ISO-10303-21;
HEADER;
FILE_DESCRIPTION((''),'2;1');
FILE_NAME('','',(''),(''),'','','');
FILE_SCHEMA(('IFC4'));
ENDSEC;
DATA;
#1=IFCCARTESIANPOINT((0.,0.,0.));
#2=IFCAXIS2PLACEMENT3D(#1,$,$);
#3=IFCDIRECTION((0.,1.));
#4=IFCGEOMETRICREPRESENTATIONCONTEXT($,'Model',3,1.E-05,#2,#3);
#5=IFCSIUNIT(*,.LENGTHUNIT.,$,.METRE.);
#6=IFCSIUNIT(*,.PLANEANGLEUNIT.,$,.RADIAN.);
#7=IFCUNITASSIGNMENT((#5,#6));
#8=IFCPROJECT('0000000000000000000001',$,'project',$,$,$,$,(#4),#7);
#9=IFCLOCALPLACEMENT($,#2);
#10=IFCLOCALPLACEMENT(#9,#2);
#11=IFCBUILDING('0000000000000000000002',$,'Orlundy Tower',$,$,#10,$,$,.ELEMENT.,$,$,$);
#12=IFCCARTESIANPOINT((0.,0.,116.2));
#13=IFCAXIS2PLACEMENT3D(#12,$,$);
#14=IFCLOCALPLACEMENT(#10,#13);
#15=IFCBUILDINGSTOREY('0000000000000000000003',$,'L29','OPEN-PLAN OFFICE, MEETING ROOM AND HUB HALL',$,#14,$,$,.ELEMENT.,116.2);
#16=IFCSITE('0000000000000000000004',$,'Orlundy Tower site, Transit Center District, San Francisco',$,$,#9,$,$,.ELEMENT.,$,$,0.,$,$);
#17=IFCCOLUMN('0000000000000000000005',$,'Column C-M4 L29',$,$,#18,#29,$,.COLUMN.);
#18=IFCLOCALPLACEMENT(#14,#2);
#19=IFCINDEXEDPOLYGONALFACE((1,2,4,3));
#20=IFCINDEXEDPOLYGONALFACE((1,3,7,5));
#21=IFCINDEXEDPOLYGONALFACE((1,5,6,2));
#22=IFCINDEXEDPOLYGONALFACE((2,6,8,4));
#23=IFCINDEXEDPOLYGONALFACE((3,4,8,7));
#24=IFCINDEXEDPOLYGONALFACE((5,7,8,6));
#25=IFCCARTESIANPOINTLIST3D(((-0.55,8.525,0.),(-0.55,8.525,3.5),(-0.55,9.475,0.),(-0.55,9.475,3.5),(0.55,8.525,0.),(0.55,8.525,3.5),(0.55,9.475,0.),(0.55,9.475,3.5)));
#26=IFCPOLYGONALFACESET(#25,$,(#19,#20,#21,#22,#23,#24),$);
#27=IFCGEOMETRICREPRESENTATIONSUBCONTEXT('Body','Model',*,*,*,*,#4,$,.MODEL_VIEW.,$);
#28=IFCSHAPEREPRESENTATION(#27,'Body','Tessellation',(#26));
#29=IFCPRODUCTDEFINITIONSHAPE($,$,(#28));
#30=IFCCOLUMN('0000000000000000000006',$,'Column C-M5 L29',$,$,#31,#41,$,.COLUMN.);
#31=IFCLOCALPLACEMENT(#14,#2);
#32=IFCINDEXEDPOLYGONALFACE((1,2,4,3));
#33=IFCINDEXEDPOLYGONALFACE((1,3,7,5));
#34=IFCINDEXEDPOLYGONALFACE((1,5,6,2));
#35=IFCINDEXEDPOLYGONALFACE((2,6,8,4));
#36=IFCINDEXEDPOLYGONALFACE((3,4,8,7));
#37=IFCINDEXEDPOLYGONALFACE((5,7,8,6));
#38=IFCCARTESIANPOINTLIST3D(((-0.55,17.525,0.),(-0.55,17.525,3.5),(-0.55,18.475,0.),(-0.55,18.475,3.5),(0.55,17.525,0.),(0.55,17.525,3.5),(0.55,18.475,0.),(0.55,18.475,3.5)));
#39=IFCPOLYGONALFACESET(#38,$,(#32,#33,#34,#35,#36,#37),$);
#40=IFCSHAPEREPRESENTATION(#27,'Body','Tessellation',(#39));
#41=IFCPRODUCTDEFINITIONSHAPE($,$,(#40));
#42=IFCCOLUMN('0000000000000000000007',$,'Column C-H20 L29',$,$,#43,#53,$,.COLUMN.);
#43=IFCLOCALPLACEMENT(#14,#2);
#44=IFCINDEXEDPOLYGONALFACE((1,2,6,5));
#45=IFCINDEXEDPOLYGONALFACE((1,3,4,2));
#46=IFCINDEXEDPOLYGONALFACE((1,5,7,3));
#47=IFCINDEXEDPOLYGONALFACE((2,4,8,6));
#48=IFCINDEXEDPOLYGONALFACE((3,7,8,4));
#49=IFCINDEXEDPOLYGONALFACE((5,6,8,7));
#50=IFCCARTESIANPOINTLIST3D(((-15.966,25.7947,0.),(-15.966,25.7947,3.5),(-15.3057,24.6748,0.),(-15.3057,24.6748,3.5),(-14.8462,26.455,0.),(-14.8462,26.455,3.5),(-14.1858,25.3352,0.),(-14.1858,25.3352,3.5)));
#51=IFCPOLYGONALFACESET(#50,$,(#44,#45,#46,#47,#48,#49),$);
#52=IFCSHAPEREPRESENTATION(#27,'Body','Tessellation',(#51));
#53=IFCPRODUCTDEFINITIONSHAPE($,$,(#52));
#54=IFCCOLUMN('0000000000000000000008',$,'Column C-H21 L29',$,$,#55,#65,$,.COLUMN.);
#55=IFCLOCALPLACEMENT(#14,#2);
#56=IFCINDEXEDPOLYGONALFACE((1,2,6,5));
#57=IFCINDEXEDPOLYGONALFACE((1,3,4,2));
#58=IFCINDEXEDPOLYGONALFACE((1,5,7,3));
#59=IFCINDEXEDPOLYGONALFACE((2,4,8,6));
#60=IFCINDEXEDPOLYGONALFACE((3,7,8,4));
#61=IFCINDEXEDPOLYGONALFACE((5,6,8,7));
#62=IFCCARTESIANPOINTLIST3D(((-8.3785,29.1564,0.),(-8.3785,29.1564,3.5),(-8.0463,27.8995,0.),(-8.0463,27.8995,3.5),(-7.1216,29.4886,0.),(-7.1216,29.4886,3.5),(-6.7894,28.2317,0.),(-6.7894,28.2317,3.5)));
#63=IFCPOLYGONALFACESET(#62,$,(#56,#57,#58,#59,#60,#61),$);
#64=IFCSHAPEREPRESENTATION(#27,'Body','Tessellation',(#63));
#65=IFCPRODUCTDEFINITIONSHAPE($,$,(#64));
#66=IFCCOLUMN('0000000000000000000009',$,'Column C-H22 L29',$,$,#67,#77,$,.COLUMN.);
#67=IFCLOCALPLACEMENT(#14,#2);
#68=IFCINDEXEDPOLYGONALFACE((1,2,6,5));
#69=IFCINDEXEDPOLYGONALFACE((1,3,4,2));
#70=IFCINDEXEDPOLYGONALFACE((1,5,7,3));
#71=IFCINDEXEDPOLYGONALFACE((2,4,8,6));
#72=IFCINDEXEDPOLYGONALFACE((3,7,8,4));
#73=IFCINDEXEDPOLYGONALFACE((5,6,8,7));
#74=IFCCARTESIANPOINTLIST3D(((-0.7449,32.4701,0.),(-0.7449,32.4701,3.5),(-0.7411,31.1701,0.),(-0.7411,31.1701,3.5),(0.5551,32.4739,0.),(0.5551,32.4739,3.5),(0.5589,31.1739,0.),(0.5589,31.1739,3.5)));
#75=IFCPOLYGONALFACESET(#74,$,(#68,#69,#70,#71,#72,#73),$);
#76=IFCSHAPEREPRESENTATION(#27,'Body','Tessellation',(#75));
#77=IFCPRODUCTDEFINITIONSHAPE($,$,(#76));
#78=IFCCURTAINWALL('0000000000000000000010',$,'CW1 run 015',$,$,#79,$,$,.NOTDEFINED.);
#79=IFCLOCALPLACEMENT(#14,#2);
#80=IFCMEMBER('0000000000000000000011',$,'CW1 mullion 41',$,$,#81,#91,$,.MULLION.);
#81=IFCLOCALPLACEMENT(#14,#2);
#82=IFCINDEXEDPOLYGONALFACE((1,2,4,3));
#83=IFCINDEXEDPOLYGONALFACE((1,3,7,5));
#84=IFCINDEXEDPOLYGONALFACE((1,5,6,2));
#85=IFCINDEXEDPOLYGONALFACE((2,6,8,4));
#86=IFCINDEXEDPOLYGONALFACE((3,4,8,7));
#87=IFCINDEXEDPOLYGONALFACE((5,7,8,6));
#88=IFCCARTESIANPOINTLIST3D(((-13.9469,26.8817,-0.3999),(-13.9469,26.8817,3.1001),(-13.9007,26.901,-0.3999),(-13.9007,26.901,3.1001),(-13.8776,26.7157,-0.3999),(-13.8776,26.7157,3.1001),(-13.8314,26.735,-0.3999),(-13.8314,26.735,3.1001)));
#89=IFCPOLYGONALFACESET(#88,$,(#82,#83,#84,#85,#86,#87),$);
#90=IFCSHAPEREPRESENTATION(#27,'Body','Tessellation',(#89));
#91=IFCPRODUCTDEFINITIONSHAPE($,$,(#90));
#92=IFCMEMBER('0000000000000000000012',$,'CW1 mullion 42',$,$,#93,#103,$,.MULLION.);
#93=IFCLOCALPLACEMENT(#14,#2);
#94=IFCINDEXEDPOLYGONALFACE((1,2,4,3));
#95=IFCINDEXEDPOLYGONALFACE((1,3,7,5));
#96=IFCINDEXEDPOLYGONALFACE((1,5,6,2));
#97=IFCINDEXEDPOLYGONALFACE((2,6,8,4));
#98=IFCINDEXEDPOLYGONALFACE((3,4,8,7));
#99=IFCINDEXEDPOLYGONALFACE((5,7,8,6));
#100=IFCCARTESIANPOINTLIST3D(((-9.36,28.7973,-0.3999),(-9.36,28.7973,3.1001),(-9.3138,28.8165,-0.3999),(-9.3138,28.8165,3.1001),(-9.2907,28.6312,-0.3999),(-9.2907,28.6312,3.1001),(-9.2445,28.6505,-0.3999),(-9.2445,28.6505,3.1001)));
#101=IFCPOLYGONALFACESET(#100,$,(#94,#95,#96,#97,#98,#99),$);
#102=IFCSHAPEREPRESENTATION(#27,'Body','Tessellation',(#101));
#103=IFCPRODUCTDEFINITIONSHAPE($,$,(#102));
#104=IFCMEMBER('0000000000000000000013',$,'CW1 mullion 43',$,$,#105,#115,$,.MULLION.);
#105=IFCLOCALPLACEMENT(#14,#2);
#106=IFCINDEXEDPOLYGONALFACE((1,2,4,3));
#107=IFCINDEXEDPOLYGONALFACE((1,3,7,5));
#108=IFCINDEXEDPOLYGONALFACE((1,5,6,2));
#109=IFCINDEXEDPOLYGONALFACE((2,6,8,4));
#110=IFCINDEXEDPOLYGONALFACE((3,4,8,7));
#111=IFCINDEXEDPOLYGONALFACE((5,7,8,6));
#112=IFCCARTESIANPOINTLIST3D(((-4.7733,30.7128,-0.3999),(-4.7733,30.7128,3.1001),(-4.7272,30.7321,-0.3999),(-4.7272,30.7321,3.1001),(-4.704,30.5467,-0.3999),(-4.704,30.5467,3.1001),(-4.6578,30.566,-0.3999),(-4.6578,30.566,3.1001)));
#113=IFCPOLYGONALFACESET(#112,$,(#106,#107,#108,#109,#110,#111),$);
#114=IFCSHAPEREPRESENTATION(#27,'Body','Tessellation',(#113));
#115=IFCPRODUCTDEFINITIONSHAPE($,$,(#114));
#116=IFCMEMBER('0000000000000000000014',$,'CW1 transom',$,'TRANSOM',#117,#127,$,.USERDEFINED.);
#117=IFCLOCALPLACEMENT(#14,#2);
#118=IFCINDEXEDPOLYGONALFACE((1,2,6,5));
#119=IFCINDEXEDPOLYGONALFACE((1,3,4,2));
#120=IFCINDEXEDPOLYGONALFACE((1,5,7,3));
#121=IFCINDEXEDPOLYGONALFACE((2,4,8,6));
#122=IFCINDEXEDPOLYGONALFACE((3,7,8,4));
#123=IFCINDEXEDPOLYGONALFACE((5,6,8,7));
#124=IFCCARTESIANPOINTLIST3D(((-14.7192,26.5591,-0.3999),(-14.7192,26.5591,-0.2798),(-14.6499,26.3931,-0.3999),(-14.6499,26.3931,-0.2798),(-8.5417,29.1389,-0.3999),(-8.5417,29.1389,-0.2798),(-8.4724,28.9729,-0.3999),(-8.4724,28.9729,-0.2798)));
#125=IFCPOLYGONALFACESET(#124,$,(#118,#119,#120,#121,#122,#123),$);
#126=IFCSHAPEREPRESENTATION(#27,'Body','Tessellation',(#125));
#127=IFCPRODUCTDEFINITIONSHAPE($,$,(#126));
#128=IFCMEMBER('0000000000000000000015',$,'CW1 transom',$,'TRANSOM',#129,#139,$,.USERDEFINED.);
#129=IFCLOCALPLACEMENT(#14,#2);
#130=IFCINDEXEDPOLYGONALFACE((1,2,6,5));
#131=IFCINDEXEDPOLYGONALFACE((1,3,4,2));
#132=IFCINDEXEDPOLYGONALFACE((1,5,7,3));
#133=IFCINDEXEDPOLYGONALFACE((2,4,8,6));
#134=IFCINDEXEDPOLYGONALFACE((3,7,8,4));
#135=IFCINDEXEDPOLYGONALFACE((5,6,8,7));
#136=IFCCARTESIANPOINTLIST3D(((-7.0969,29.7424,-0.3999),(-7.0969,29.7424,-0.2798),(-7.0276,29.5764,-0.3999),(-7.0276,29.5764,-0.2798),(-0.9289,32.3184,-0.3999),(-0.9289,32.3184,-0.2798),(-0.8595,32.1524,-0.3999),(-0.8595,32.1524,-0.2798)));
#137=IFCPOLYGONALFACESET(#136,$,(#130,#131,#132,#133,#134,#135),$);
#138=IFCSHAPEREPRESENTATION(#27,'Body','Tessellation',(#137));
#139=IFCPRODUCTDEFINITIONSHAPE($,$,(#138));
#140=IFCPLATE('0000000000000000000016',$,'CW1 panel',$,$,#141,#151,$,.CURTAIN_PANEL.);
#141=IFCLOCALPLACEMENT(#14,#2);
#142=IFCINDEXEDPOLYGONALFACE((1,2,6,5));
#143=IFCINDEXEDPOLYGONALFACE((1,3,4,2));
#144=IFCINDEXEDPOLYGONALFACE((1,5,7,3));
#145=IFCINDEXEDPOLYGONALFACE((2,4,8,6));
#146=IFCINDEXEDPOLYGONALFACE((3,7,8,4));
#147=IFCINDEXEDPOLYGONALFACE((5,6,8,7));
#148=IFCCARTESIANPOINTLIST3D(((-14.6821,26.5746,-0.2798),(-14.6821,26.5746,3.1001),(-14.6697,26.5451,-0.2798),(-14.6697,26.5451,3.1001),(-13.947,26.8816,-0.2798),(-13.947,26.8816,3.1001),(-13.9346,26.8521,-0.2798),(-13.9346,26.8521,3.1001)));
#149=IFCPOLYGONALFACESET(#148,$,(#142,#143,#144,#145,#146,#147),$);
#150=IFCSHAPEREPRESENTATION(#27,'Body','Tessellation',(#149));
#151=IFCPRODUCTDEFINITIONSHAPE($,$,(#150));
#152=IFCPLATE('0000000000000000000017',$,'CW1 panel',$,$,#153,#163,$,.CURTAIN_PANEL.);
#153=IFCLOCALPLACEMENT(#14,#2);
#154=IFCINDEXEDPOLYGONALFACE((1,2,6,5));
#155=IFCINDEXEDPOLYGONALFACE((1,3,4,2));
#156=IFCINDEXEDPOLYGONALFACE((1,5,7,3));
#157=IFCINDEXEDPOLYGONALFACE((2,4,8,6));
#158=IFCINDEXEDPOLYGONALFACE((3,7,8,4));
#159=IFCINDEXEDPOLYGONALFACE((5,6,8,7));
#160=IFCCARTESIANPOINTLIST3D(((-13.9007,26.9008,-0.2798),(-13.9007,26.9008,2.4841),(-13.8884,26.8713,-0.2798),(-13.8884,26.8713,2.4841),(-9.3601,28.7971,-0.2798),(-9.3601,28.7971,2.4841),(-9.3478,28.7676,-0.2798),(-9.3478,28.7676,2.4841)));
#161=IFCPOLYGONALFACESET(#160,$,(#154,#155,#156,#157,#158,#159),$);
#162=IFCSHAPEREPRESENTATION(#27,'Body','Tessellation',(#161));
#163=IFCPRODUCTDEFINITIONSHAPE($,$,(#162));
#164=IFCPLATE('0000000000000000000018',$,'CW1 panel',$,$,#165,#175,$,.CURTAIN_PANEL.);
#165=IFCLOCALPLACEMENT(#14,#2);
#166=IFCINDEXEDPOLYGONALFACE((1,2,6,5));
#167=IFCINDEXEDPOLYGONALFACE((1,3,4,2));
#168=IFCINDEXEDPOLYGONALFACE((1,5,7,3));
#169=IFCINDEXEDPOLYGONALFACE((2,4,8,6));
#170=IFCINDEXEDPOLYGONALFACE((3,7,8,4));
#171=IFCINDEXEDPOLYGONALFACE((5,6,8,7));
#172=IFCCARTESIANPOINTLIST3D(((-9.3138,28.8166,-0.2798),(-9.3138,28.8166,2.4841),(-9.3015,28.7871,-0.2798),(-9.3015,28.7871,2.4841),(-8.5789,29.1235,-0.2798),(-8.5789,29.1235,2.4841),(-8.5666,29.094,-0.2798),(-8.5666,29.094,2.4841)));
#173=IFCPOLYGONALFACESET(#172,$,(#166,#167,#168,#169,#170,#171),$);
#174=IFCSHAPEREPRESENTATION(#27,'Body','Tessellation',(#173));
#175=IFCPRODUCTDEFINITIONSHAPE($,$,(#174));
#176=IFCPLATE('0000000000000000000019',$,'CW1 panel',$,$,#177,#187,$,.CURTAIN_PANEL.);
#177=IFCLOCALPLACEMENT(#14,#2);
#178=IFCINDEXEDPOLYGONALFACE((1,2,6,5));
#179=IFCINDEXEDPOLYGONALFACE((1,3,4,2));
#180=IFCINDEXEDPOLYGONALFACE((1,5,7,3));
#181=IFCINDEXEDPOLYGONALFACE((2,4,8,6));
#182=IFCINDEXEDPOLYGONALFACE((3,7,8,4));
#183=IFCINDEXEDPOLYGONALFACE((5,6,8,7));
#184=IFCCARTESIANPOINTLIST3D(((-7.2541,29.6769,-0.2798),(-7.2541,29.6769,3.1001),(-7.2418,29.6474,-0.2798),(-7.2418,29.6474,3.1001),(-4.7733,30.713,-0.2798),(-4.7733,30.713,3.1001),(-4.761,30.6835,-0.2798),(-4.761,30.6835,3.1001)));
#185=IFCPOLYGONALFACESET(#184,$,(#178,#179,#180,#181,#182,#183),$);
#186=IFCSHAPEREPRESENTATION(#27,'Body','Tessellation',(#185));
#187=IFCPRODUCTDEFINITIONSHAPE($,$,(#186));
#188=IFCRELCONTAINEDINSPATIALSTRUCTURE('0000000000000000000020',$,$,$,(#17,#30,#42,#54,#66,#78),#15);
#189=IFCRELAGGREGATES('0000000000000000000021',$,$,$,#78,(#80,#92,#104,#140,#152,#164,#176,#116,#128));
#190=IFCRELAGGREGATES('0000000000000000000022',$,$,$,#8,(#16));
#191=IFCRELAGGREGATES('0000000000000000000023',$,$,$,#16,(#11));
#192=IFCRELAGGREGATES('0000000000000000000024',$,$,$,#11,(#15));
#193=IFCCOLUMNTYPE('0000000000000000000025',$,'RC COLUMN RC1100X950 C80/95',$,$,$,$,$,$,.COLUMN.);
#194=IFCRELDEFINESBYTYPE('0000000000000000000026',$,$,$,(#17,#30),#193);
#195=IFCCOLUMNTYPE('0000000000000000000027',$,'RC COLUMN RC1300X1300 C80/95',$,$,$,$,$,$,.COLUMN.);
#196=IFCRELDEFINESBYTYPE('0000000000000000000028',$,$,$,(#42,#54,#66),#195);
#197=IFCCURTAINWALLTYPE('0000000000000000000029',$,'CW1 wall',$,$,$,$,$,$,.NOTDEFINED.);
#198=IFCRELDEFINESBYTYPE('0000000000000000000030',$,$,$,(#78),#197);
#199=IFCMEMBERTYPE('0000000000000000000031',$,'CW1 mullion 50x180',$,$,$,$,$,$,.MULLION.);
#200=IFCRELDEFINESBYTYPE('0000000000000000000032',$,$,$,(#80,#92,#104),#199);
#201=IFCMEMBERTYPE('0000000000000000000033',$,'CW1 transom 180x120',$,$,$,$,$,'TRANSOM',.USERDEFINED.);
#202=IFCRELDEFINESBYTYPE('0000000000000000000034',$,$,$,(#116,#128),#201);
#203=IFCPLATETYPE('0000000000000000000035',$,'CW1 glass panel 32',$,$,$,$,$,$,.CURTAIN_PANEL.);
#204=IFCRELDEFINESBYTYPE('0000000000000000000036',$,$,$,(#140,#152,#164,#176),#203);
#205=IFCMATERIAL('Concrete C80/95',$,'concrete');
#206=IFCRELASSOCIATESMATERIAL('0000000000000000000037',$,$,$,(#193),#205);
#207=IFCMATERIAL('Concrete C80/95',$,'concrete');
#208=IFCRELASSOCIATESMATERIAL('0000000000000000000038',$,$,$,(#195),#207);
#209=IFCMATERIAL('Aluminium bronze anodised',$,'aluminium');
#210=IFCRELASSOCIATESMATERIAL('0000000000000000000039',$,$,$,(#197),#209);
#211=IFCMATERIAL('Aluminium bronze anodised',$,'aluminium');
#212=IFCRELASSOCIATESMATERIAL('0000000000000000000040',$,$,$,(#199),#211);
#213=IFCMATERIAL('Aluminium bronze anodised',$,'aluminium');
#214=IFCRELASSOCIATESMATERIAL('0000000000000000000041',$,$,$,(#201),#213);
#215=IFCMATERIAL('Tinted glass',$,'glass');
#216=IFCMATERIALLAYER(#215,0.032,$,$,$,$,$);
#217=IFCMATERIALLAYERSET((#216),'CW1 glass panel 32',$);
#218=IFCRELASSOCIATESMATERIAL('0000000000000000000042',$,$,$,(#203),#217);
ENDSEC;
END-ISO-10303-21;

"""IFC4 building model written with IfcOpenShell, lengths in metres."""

from ifc_helpers import new_model, si_unit, direction, frame, origin, origin_2d, place, context, subcontext, project, spatial, rectangle, extrude, material, layer, layer_set, material_profile, profile_set, type_object, element, aggregate, save


model = new_model("IFC4")

# Units and contexts
model_context = context("Model", 3, precision=1e-05, world=origin(), true_north=direction((0.0, 1.0)))
body_context = subcontext(model_context, "Body", "Model", "MODEL_VIEW")
ifc_project = project(units=[si_unit("LENGTHUNIT", "METRE"), si_unit("PLANEANGLEUNIT", "RADIAN")], contexts=[model_context])

# Site, building, storey
site_placement = place(None, origin())
site = spatial("IfcSite", under=ifc_project, at=site_placement, Name="Orlundy Tower site, Transit Center District, San Francisco", CompositionType="ELEMENT", RefElevation=0.0)
building_placement = place(site_placement, origin())
building = spatial("IfcBuilding", under=site, at=building_placement, Name="Orlundy Tower", CompositionType="ELEMENT")
storey_placement = place(building_placement, frame((0.0, 0.0, 116.2)))
storey = spatial("IfcBuildingStorey", under=building, at=storey_placement, Name="L29", Description="OPEN-PLAN OFFICE, MEETING ROOM AND HUB HALL", CompositionType="ELEMENT", Elevation=116.2)

# Columns
ifc_material_1 = material(Name="Concrete C80/95", Category="concrete")
ifc_material_profile_1 = material_profile(ifc_material_1, rectangle(XDim=1.1001, YDim=0.95, at=origin_2d()), Name="RC1100X950")
ifc_profile_set_1 = profile_set([ifc_material_profile_1], Name="Concrete C80/95")
column_type_1 = type_object("IfcColumnType", Name="RC COLUMN RC1100X950 C80/95", PredefinedType="COLUMN", material=ifc_profile_set_1)
for number, where, z_axis, x_axis, name in (
    (1, (0.0, 9.0, 0.0), (0.0, 0.0, 1.0), (1.0, 0.0, 0.0), "Column C-M4 L29"),
    (2, (0.0, 18.0, 0.0), (0.0, 0.0, 1.0), (1.0, 0.0, 0.0), "Column C-M5 L29"),
):
    element("IfcColumn", number, at=place(storey_placement, frame(where, z_axis=z_axis, x_axis=x_axis)), inside=storey, type_object=column_type_1, Name=name, PredefinedType="COLUMN", context=body_context, shape_type="SweptSolid", body=[
        extrude(rectangle(XDim=1.1001, YDim=0.95, at=origin_2d()), origin(), (0.0, 0.0, 1.0), 3.5),
    ])
ifc_material_2 = material(Name="Concrete C80/95", Category="concrete")
ifc_material_profile_2 = material_profile(ifc_material_2, rectangle(XDim=1.3, YDim=1.3, at=origin_2d()), Name="RC1300X1300")
ifc_profile_set_2 = profile_set([ifc_material_profile_2], Name="Concrete C80/95")
column_type_2 = type_object("IfcColumnType", Name="RC COLUMN RC1300X1300 C80/95", PredefinedType="COLUMN", material=ifc_profile_set_2)
for number, where, z_axis, x_axis, name in (
    (3, (-15.0759, 25.5649, 0.0), (0.0, 0.0, 1.0), (-0.507959, 0.861381, 0.0), "Column C-H20 L29"),
    (4, (-7.584, 28.6941, 0.0), (0.0, 0.0, 1.0), (-0.25553, 0.966801, 0.0), "Column C-H21 L29"),
    (5, (-0.093, 31.822, 0.0), (0.0, 0.0, 1.0), (-0.002915, 0.999996, 0.0), "Column C-H22 L29"),
):
    element("IfcColumn", number, at=place(storey_placement, frame(where, z_axis=z_axis, x_axis=x_axis)), inside=storey, type_object=column_type_2, Name=name, PredefinedType="COLUMN", context=body_context, shape_type="SweptSolid", body=[
        extrude(rectangle(XDim=1.3, YDim=1.3, at=origin_2d()), origin(), (0.0, 0.0, 1.0), 3.5),
    ])

# Curtain wall, members, plates
ifc_material_3 = material(Name="Aluminium bronze anodised", Category="aluminium")
curtain_wall_type = type_object("IfcCurtainWallType", Name="CW1 wall", PredefinedType="NOTDEFINED", material=ifc_material_3)
curtain_wall_placement = place(storey_placement, origin())
curtain_wall = element("IfcCurtainWall", 6, at=curtain_wall_placement, inside=storey, type_object=curtain_wall_type, Name="CW1 run 015", PredefinedType="NOTDEFINED")
ifc_material_4 = material(Name="Aluminium bronze anodised", Category="aluminium")
ifc_material_profile_3 = material_profile(ifc_material_4, rectangle(XDim=0.1799, YDim=0.05, at=origin_2d()), Name="CW1 mullion 50x180")
ifc_profile_set_3 = profile_set([ifc_material_profile_3], Name="Aluminium bronze anodised")
member_type_1 = type_object("IfcMemberType", Name="CW1 mullion 50x180", PredefinedType="MULLION", material=ifc_profile_set_3)
member_1_placement = place(storey_placement, frame((-13.8892, 26.8083, -0.3999), z_axis=(0.0, 0.0, 1.0), x_axis=(-0.385375, 0.92276, 0.0)))
member_1 = element("IfcMember", 7, at=member_1_placement, type_object=member_type_1, Name="CW1 mullion 41", PredefinedType="MULLION", context=body_context, shape_type="SweptSolid", body=[
    extrude(rectangle(XDim=0.1799, YDim=0.05, at=origin_2d()), origin(), (0.0, 0.0, 1.0), 3.5),
])
member_2_placement = place(storey_placement, frame((-9.3022, 28.7239, -0.3999), z_axis=(0.0, 0.0, 1.0), x_axis=(-0.385375, 0.92276, 0.0)))
member_2 = element("IfcMember", 8, at=member_2_placement, type_object=member_type_1, Name="CW1 mullion 42", PredefinedType="MULLION", context=body_context, shape_type="SweptSolid", body=[
    extrude(rectangle(XDim=0.1799, YDim=0.05, at=origin_2d()), origin(), (0.0, 0.0, 1.0), 3.5),
])
member_3_placement = place(storey_placement, frame((-4.7156, 30.6394, -0.3999), z_axis=(0.0, 0.0, 1.0), x_axis=(-0.385375, 0.92276, 0.0)))
member_3 = element("IfcMember", 9, at=member_3_placement, type_object=member_type_1, Name="CW1 mullion 43", PredefinedType="MULLION", context=body_context, shape_type="SweptSolid", body=[
    extrude(rectangle(XDim=0.1799, YDim=0.05, at=origin_2d()), origin(), (0.0, 0.0, 1.0), 3.5),
])
ifc_material_5 = material(Name="Aluminium bronze anodised", Category="aluminium")
ifc_material_profile_4 = material_profile(ifc_material_5, rectangle(XDim=0.1799, YDim=0.1201, at=origin_2d()), Name="CW1 transom 180x120")
ifc_profile_set_4 = profile_set([ifc_material_profile_4], Name="Aluminium bronze anodised")
member_type_2 = type_object("IfcMemberType", Name="CW1 transom 180x120", ElementType="TRANSOM", PredefinedType="USERDEFINED", material=ifc_profile_set_4)
member_4_placement = place(storey_placement, frame((-14.6846, 26.4761, -0.3398), z_axis=(0.922765, 0.385364, 0.0), x_axis=(-0.385364, 0.922765, 0.0)))
member_4 = element("IfcMember", 10, at=member_4_placement, type_object=member_type_2, Name="CW1 transom", ObjectType="TRANSOM", PredefinedType="USERDEFINED", context=body_context, shape_type="SweptSolid", body=[
    extrude(rectangle(XDim=0.1799, YDim=0.1201, at=origin_2d()), origin(), (0.0, 0.0, 1.0), 6.6946),
])
member_5_placement = place(storey_placement, frame((-7.0623, 29.6594, -0.3398), z_axis=(0.922761, 0.385373, 0.0), x_axis=(-0.385373, 0.922761, 0.0)))
member_5 = element("IfcMember", 11, at=member_5_placement, type_object=member_type_2, Name="CW1 transom", ObjectType="TRANSOM", PredefinedType="USERDEFINED", context=body_context, shape_type="SweptSolid", body=[
    extrude(rectangle(XDim=0.1799, YDim=0.1201, at=origin_2d()), origin(), (0.0, 0.0, 1.0), 6.6843),
])
ifc_material_6 = material(Name="Tinted glass", Category="glass")
ifc_layer_1 = layer(ifc_material_6, 0.032)
ifc_layer_set_1 = layer_set([ifc_layer_1], Name="CW1 glass panel 32")
plate_type = type_object("IfcPlateType", Name="CW1 glass panel 32", PredefinedType="CURTAIN_PANEL", material=ifc_layer_set_1)
plate_1_placement = place(storey_placement, frame((-14.3083, 26.7134, -0.2798), z_axis=(0.0, 0.0, 1.0), x_axis=(0.92276, 0.385375, 0.0)))
plate_1 = element("IfcPlate", 12, at=plate_1_placement, type_object=plate_type, Name="CW1 panel", PredefinedType="CURTAIN_PANEL", context=body_context, shape_type="SweptSolid", body=[
    extrude(rectangle(XDim=0.7966, YDim=0.032, at=origin_2d()), origin(), (0.0, 0.0, 1.0), 3.3799),
])
plate_2_placement = place(storey_placement, frame((-11.6243, 27.8342, -0.2798), z_axis=(0.0, 0.0, 1.0), x_axis=(0.92276, 0.385375, 0.0)))
plate_2 = element("IfcPlate", 13, at=plate_2_placement, type_object=plate_type, Name="CW1 panel", PredefinedType="CURTAIN_PANEL", context=body_context, shape_type="SweptSolid", body=[
    extrude(rectangle(XDim=4.9207, YDim=0.032, at=origin_2d()), origin(), (0.0, 0.0, 1.0), 2.7639),
])
plate_3_placement = place(storey_placement, frame((-8.9402, 28.9553, -0.2798), z_axis=(0.0, 0.0, 1.0), x_axis=(0.92276, 0.385375, 0.0)))
plate_3 = element("IfcPlate", 14, at=plate_3_placement, type_object=plate_type, Name="CW1 panel", PredefinedType="CURTAIN_PANEL", context=body_context, shape_type="SweptSolid", body=[
    extrude(rectangle(XDim=0.7964, YDim=0.032, at=origin_2d()), origin(), (0.0, 0.0, 1.0), 2.7639),
])
plate_4_placement = place(storey_placement, frame((-6.0076, 30.1802, -0.2798), z_axis=(0.0, 0.0, 1.0), x_axis=(0.92276, 0.385375, 0.0)))
plate_4 = element("IfcPlate", 15, at=plate_4_placement, type_object=plate_type, Name="CW1 panel", PredefinedType="CURTAIN_PANEL", context=body_context, shape_type="SweptSolid", body=[
    extrude(rectangle(XDim=2.6885, YDim=0.032, at=origin_2d()), origin(), (0.0, 0.0, 1.0), 3.3799),
])
aggregate(curtain_wall, [member_1, member_2, member_3, plate_1, plate_2, plate_3, plate_4, member_4, member_5])

save(model, "model.ifc")
